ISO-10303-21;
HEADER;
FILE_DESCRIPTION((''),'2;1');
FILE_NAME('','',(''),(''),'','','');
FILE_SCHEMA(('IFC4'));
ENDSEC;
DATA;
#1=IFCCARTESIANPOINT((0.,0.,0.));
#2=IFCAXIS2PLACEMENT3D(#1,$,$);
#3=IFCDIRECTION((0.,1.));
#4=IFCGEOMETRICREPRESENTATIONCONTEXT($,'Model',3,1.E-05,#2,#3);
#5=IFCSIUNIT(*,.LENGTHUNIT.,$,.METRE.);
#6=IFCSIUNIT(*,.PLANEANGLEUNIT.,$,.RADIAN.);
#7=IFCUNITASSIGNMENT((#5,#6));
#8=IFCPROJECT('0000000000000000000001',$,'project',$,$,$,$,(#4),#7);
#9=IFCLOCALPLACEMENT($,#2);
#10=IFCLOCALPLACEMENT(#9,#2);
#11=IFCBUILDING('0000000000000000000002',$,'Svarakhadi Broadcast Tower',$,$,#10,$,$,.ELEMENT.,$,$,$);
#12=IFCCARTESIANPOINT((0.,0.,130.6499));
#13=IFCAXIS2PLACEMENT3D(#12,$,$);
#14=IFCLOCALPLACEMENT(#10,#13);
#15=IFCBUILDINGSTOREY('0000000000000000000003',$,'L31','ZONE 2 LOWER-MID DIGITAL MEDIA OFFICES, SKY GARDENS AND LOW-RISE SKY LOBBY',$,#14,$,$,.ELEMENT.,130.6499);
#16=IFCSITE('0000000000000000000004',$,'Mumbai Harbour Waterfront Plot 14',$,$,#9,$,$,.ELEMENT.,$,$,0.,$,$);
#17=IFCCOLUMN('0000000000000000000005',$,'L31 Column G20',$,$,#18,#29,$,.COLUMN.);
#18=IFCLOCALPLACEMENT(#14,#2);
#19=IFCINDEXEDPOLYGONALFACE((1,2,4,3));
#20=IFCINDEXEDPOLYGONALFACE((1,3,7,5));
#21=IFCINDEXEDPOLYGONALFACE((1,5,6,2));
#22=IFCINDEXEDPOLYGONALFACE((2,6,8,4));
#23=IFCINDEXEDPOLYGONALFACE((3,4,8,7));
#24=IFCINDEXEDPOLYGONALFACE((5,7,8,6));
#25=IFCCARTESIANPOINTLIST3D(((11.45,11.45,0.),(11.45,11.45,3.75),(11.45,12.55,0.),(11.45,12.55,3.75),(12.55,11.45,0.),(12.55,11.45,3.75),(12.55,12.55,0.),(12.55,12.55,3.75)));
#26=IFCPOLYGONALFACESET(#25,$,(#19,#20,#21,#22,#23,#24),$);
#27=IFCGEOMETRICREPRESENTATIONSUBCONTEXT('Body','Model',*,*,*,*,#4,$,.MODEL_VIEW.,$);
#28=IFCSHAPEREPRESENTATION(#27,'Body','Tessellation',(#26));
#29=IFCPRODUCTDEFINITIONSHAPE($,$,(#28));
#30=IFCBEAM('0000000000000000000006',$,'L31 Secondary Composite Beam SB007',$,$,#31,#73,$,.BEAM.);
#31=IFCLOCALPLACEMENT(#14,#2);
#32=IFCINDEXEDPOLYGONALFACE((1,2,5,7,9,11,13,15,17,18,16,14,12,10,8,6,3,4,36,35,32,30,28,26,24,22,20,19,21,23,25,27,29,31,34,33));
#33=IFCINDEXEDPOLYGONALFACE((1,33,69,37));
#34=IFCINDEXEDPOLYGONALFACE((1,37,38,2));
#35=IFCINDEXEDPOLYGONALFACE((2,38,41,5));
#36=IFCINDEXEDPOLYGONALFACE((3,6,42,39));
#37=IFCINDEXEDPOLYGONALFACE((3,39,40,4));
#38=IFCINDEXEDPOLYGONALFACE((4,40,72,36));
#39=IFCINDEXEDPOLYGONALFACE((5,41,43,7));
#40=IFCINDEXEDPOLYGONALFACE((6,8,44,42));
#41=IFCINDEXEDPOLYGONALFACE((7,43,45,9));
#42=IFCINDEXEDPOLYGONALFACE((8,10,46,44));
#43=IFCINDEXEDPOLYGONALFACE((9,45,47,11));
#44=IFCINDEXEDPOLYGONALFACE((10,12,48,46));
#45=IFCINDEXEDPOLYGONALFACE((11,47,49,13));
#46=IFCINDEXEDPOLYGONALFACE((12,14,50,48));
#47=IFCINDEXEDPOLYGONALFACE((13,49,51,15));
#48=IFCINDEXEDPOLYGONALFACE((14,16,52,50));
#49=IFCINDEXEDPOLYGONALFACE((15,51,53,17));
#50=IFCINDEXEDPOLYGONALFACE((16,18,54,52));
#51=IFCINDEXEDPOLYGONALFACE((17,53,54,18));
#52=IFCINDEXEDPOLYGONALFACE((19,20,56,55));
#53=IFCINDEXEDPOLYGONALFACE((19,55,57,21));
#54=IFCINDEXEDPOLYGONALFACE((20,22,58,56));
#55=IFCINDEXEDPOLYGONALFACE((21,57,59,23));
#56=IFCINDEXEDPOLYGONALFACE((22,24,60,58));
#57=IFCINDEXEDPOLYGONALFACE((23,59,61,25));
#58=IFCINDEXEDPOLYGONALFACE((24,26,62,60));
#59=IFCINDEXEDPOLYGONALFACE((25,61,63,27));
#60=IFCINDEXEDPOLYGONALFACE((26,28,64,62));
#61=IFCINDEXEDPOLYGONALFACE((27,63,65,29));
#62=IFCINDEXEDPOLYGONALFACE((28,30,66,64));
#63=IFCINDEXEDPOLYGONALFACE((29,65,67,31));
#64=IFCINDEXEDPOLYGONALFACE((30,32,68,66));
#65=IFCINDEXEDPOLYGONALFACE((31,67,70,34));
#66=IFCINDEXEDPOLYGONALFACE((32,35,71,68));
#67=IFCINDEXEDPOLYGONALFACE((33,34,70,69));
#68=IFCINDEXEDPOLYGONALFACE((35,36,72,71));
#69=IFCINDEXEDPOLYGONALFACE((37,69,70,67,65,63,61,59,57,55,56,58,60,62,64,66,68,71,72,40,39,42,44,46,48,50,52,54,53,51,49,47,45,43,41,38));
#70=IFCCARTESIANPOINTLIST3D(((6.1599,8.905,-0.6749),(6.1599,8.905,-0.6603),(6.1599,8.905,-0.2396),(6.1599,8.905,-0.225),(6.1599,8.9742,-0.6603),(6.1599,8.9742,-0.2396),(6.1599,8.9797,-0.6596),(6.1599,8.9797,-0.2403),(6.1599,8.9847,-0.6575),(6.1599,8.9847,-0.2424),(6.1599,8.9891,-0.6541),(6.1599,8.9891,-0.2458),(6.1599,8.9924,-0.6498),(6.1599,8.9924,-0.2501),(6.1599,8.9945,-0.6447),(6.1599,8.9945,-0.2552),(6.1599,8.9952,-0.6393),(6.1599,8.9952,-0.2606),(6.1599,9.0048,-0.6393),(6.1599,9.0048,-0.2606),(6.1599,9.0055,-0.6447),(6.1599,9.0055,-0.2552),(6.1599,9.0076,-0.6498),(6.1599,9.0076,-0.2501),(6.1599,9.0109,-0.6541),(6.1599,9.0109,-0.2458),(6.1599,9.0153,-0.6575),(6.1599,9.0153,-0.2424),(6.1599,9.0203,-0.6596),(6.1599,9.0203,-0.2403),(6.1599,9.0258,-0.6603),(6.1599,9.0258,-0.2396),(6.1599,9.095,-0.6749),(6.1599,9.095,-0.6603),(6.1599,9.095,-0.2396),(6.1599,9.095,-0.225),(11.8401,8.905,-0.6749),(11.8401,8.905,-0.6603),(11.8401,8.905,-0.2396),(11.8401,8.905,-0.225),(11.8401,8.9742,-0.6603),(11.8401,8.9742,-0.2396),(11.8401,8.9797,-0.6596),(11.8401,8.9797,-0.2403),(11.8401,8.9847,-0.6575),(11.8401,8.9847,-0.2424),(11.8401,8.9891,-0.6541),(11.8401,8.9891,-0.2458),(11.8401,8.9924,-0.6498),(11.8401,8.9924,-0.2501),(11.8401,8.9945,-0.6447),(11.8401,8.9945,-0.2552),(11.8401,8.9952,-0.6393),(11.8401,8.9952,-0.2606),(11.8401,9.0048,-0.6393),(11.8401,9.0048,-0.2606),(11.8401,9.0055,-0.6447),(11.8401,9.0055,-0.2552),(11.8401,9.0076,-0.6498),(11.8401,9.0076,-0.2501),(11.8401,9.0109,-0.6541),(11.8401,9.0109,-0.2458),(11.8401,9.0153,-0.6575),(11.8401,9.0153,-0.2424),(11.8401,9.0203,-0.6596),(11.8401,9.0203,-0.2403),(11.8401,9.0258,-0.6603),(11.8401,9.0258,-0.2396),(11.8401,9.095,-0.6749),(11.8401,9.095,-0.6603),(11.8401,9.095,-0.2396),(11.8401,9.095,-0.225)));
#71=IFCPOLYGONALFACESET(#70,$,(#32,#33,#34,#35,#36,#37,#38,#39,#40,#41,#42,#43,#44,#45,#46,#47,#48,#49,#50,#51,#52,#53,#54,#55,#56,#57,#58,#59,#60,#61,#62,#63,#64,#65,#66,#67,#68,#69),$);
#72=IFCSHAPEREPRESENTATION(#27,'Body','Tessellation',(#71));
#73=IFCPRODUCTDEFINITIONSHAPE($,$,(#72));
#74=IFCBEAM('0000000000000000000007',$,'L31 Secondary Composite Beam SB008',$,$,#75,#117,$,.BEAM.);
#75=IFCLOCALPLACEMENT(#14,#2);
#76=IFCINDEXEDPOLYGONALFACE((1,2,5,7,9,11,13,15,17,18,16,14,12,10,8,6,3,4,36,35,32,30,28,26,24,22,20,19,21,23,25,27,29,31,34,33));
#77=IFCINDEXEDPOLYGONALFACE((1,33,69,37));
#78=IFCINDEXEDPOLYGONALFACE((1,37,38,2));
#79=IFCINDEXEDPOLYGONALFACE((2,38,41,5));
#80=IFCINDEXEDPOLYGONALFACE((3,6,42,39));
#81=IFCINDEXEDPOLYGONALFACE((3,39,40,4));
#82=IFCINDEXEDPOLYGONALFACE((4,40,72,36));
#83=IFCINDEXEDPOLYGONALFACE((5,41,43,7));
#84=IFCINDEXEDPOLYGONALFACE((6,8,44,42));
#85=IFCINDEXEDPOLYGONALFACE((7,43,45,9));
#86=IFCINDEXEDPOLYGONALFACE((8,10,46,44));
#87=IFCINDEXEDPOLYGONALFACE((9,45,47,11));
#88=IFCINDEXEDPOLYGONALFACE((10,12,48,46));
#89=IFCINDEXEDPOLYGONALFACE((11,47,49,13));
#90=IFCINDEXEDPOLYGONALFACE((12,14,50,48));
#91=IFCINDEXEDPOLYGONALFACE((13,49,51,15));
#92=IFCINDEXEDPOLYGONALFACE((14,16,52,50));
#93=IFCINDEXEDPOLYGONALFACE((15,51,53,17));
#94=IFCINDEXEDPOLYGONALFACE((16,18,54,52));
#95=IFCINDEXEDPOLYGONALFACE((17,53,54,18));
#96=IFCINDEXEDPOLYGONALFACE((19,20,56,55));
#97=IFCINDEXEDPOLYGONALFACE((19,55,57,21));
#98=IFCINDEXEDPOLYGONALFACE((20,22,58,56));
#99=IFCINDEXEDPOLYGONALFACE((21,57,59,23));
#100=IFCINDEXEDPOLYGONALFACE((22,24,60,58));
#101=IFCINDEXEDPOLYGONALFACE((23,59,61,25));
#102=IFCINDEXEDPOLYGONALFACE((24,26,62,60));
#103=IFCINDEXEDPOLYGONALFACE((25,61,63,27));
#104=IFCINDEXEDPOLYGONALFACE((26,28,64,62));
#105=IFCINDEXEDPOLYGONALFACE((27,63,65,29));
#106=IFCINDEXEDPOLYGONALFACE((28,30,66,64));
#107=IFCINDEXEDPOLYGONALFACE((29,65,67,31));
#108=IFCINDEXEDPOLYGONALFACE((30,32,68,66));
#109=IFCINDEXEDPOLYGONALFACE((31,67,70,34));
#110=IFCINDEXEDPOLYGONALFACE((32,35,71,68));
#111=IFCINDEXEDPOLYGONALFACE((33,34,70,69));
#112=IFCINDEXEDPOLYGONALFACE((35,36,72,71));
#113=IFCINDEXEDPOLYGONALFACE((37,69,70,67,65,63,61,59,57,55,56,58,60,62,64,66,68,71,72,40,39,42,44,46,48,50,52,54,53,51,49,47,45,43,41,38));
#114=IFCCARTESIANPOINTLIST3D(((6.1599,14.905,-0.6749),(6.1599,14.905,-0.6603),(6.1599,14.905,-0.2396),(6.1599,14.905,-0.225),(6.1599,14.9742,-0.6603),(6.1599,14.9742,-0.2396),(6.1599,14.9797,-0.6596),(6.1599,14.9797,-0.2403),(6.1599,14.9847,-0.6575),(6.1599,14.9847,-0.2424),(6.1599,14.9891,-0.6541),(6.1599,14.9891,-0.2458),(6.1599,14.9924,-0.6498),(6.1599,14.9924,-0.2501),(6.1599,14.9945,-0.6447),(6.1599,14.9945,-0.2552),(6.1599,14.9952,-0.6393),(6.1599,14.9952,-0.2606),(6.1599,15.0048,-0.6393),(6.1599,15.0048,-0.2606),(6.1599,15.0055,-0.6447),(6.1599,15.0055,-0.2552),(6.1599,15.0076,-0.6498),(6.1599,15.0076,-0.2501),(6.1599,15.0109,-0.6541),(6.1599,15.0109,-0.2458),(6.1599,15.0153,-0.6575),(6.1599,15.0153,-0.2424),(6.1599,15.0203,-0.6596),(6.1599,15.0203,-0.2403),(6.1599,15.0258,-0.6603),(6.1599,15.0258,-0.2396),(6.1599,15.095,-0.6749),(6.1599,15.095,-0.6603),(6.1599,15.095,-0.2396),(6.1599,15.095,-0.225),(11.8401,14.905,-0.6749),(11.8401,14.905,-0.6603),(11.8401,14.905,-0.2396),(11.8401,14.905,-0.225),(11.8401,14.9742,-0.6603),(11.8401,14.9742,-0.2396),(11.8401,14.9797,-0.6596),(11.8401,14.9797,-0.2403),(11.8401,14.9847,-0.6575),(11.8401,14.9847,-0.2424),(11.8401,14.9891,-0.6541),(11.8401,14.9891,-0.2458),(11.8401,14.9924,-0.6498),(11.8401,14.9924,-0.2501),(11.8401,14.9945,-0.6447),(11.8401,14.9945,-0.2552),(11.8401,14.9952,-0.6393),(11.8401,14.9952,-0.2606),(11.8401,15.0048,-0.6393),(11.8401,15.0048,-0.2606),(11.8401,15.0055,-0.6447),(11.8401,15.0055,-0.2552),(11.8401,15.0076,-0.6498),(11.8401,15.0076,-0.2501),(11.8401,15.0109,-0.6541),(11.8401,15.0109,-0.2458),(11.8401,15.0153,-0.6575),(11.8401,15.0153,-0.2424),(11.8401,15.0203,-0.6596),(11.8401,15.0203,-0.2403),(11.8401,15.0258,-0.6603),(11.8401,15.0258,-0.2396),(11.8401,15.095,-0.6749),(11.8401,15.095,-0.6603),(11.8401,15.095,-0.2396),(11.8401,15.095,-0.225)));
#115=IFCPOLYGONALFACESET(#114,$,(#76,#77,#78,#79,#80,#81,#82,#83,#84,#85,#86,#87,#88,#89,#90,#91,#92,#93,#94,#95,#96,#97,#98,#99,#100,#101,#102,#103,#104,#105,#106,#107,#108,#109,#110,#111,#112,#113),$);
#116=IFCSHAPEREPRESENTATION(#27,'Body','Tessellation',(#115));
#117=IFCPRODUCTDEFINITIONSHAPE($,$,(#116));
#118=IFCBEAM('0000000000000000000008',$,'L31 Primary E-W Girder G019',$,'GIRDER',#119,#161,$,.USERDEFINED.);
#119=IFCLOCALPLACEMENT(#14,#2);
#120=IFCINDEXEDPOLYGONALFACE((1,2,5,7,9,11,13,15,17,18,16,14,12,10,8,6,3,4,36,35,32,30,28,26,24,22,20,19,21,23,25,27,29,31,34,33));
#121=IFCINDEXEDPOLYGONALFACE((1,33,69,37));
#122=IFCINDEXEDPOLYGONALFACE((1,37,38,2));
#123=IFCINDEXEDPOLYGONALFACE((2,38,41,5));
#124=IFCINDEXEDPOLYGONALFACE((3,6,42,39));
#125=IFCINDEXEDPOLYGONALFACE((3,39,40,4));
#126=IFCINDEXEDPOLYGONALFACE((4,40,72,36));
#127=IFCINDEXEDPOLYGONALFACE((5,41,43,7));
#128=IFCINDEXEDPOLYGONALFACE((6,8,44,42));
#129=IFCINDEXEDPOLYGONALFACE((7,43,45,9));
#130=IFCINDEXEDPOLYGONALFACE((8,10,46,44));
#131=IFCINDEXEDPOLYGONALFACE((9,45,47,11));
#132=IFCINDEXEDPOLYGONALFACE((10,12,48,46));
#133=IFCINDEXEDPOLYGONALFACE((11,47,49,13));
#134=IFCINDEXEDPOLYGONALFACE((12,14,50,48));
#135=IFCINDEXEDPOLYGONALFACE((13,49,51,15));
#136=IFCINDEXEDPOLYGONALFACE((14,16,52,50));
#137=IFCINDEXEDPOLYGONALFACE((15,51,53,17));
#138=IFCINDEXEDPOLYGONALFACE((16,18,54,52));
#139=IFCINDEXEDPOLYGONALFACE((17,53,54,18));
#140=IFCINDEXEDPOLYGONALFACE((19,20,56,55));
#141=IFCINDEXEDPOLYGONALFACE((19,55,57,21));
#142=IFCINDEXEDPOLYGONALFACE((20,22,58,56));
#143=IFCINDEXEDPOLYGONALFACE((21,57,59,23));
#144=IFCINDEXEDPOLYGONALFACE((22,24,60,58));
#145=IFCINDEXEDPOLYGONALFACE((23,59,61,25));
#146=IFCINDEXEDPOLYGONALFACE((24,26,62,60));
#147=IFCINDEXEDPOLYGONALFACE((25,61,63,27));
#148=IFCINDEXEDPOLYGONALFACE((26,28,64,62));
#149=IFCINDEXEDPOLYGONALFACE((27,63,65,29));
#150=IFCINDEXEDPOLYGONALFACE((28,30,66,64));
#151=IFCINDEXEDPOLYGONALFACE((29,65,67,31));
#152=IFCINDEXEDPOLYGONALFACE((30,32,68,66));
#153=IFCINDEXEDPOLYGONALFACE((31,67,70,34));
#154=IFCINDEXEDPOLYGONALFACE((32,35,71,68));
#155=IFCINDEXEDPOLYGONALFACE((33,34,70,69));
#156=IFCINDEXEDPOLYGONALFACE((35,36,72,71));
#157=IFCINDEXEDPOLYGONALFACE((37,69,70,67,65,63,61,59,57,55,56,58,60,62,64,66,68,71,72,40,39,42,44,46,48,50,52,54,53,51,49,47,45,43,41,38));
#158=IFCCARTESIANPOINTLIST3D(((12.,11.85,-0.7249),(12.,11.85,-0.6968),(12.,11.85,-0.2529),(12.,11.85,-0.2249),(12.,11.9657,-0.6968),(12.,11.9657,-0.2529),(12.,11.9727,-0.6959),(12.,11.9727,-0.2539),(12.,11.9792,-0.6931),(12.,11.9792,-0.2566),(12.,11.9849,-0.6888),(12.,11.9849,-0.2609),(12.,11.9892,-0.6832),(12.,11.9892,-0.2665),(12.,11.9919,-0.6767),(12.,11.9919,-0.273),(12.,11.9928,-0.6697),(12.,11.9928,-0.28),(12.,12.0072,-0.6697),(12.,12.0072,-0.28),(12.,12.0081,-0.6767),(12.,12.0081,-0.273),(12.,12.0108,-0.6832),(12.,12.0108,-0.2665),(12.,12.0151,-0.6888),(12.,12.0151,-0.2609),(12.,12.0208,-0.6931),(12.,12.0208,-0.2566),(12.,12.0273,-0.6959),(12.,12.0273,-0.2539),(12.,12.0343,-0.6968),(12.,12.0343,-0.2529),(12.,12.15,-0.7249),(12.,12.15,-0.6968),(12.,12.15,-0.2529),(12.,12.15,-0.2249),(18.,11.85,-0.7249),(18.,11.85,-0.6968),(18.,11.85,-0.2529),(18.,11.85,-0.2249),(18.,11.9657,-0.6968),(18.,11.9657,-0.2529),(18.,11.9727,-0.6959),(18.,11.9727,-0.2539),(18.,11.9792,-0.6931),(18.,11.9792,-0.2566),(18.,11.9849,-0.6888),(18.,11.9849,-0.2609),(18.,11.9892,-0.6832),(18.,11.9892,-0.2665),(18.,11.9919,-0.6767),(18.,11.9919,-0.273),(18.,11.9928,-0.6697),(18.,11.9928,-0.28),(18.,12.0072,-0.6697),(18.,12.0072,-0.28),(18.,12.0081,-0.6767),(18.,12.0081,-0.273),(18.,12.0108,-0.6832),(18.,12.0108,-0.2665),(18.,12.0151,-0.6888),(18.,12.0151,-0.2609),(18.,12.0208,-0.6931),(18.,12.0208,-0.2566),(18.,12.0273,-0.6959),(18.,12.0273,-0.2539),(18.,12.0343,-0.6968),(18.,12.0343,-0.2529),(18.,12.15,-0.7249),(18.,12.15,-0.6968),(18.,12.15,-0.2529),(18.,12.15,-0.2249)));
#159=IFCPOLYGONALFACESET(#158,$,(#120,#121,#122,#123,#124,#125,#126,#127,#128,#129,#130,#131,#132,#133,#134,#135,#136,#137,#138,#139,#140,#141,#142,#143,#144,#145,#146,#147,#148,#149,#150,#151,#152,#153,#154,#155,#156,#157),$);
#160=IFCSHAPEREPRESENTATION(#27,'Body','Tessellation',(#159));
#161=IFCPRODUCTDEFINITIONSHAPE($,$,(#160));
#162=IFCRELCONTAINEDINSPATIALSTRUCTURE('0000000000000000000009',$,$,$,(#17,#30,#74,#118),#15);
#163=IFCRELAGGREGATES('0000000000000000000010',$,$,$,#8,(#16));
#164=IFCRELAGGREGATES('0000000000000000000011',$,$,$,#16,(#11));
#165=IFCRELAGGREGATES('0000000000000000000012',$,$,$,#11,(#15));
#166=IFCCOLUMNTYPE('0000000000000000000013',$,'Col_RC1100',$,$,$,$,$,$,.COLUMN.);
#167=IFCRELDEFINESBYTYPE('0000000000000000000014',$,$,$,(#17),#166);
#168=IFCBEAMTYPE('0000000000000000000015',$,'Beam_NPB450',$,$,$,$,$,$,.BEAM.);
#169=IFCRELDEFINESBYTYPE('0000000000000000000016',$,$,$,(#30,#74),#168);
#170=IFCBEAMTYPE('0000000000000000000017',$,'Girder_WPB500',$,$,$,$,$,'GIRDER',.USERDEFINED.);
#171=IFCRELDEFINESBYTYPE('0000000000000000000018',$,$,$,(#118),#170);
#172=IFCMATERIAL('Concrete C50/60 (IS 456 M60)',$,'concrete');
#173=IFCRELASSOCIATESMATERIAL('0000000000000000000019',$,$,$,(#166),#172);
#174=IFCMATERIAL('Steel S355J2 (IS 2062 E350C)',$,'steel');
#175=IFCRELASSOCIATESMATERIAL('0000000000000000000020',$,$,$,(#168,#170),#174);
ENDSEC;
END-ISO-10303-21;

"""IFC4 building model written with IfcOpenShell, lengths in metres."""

from ifc_helpers import new_model, si_unit, direction, frame, origin, origin_2d, place, context, subcontext, project, spatial, rectangle, i_section, extrude, material, material_profile, profile_set, type_object, element, save


model = new_model("IFC4")

# Units and contexts
model_context = context("Model", 3, precision=1e-05, world=origin(), true_north=direction((0.0, 1.0)))
body_context = subcontext(model_context, "Body", "Model", "MODEL_VIEW")
ifc_project = project(units=[si_unit("LENGTHUNIT", "METRE"), si_unit("PLANEANGLEUNIT", "RADIAN")], contexts=[model_context])

# Site, building, storey
site_placement = place(None, origin())
site = spatial("IfcSite", under=ifc_project, at=site_placement, Name="Mumbai Harbour Waterfront Plot 14", CompositionType="ELEMENT", RefElevation=0.0)
building_placement = place(site_placement, origin())
building = spatial("IfcBuilding", under=site, at=building_placement, Name="Svarakhadi Broadcast Tower", CompositionType="ELEMENT")
storey_placement = place(building_placement, frame((0.0, 0.0, 130.6499)))
storey = spatial("IfcBuildingStorey", under=building, at=storey_placement, Name="L31", Description="ZONE 2 LOWER-MID DIGITAL MEDIA OFFICES, SKY GARDENS AND LOW-RISE SKY LOBBY", CompositionType="ELEMENT", Elevation=130.6499)

# Column
ifc_material_1 = material(Name="Concrete C50/60 (IS 456 M60)", Category="concrete")
ifc_material_profile_1 = material_profile(ifc_material_1, rectangle(XDim=1.1001, YDim=1.1001, at=origin_2d()), Name="RC 1100x1100")
ifc_profile_set_1 = profile_set([ifc_material_profile_1], Name="Concrete C50/60 (IS 456 M60)")
column_type = type_object("IfcColumnType", Name="Col_RC1100", PredefinedType="COLUMN", material=ifc_profile_set_1)
column_placement = place(storey_placement, frame((12.0, 12.0, 0.0), z_axis=(0.0, 0.0, 1.0), x_axis=(1.0, 0.0, 0.0)))
element("IfcColumn", 1, at=column_placement, inside=storey, type_object=column_type, Name="L31 Column G20", PredefinedType="COLUMN", context=body_context, shape_type="SweptSolid", body=[
    extrude(rectangle(XDim=1.1001, YDim=1.1001, at=origin_2d()), origin(), (0.0, 0.0, 1.0), 3.75),
])

# Beams
ifc_material_2 = material(Name="Steel S355J2 (IS 2062 E350C)", Category="steel")
ifc_material_profile_2 = material_profile(ifc_material_2, i_section(OverallWidth=0.1899, OverallDepth=0.45, WebThickness=0.0095, FlangeThickness=0.0146, FilletRadius=0.021, at=origin_2d()), Name="NPB 450x190x78")
ifc_profile_set_2 = profile_set([ifc_material_profile_2], Name="Steel S355J2 (IS 2062 E350C)")
beam_type_1 = type_object("IfcBeamType", Name="Beam_NPB450", PredefinedType="BEAM", material=ifc_profile_set_2)
for number, where, z_axis, x_axis, name in (
    (2, (6.1599, 9.0, -0.45), (1.0, 0.0, 0.0), (0.0, 1.0, 0.0), "L31 Secondary Composite Beam SB007"),
    (3, (6.1599, 15.0, -0.45), (1.0, 0.0, 0.0), (0.0, 1.0, 0.0), "L31 Secondary Composite Beam SB008"),
):
    element("IfcBeam", number, at=place(storey_placement, frame(where, z_axis=z_axis, x_axis=x_axis)), inside=storey, type_object=beam_type_1, Name=name, PredefinedType="BEAM", context=body_context, shape_type="SweptSolid", body=[
        extrude(i_section(OverallWidth=0.1899, OverallDepth=0.45, WebThickness=0.0095, FlangeThickness=0.0146, FilletRadius=0.021, at=origin_2d()), origin(), (0.0, 0.0, 1.0), 5.6802),
    ])
ifc_material_profile_3 = material_profile(ifc_material_2, i_section(OverallWidth=0.3, OverallDepth=0.5, WebThickness=0.0144, FlangeThickness=0.0281, FilletRadius=0.0271, at=origin_2d()), Name="WPB 500x300x187")
ifc_profile_set_3 = profile_set([ifc_material_profile_3], Name="Steel S355J2 (IS 2062 E350C)")
beam_type_2 = type_object("IfcBeamType", Name="Girder_WPB500", ElementType="GIRDER", PredefinedType="USERDEFINED", material=ifc_profile_set_3)
beam_1_placement = place(storey_placement, frame((12.0, 12.0, -0.4749), z_axis=(1.0, 0.0, 0.0), x_axis=(0.0, 1.0, 0.0)))
element("IfcBeam", 4, at=beam_1_placement, inside=storey, type_object=beam_type_2, Name="L31 Primary E-W Girder G019", ObjectType="GIRDER", PredefinedType="USERDEFINED", context=body_context, shape_type="SweptSolid", body=[
    extrude(i_section(OverallWidth=0.3, OverallDepth=0.5, WebThickness=0.0144, FlangeThickness=0.0281, FilletRadius=0.0271, at=origin_2d()), origin(), (0.0, 0.0, 1.0), 6.0),
])

save(model, "model.ifc")
